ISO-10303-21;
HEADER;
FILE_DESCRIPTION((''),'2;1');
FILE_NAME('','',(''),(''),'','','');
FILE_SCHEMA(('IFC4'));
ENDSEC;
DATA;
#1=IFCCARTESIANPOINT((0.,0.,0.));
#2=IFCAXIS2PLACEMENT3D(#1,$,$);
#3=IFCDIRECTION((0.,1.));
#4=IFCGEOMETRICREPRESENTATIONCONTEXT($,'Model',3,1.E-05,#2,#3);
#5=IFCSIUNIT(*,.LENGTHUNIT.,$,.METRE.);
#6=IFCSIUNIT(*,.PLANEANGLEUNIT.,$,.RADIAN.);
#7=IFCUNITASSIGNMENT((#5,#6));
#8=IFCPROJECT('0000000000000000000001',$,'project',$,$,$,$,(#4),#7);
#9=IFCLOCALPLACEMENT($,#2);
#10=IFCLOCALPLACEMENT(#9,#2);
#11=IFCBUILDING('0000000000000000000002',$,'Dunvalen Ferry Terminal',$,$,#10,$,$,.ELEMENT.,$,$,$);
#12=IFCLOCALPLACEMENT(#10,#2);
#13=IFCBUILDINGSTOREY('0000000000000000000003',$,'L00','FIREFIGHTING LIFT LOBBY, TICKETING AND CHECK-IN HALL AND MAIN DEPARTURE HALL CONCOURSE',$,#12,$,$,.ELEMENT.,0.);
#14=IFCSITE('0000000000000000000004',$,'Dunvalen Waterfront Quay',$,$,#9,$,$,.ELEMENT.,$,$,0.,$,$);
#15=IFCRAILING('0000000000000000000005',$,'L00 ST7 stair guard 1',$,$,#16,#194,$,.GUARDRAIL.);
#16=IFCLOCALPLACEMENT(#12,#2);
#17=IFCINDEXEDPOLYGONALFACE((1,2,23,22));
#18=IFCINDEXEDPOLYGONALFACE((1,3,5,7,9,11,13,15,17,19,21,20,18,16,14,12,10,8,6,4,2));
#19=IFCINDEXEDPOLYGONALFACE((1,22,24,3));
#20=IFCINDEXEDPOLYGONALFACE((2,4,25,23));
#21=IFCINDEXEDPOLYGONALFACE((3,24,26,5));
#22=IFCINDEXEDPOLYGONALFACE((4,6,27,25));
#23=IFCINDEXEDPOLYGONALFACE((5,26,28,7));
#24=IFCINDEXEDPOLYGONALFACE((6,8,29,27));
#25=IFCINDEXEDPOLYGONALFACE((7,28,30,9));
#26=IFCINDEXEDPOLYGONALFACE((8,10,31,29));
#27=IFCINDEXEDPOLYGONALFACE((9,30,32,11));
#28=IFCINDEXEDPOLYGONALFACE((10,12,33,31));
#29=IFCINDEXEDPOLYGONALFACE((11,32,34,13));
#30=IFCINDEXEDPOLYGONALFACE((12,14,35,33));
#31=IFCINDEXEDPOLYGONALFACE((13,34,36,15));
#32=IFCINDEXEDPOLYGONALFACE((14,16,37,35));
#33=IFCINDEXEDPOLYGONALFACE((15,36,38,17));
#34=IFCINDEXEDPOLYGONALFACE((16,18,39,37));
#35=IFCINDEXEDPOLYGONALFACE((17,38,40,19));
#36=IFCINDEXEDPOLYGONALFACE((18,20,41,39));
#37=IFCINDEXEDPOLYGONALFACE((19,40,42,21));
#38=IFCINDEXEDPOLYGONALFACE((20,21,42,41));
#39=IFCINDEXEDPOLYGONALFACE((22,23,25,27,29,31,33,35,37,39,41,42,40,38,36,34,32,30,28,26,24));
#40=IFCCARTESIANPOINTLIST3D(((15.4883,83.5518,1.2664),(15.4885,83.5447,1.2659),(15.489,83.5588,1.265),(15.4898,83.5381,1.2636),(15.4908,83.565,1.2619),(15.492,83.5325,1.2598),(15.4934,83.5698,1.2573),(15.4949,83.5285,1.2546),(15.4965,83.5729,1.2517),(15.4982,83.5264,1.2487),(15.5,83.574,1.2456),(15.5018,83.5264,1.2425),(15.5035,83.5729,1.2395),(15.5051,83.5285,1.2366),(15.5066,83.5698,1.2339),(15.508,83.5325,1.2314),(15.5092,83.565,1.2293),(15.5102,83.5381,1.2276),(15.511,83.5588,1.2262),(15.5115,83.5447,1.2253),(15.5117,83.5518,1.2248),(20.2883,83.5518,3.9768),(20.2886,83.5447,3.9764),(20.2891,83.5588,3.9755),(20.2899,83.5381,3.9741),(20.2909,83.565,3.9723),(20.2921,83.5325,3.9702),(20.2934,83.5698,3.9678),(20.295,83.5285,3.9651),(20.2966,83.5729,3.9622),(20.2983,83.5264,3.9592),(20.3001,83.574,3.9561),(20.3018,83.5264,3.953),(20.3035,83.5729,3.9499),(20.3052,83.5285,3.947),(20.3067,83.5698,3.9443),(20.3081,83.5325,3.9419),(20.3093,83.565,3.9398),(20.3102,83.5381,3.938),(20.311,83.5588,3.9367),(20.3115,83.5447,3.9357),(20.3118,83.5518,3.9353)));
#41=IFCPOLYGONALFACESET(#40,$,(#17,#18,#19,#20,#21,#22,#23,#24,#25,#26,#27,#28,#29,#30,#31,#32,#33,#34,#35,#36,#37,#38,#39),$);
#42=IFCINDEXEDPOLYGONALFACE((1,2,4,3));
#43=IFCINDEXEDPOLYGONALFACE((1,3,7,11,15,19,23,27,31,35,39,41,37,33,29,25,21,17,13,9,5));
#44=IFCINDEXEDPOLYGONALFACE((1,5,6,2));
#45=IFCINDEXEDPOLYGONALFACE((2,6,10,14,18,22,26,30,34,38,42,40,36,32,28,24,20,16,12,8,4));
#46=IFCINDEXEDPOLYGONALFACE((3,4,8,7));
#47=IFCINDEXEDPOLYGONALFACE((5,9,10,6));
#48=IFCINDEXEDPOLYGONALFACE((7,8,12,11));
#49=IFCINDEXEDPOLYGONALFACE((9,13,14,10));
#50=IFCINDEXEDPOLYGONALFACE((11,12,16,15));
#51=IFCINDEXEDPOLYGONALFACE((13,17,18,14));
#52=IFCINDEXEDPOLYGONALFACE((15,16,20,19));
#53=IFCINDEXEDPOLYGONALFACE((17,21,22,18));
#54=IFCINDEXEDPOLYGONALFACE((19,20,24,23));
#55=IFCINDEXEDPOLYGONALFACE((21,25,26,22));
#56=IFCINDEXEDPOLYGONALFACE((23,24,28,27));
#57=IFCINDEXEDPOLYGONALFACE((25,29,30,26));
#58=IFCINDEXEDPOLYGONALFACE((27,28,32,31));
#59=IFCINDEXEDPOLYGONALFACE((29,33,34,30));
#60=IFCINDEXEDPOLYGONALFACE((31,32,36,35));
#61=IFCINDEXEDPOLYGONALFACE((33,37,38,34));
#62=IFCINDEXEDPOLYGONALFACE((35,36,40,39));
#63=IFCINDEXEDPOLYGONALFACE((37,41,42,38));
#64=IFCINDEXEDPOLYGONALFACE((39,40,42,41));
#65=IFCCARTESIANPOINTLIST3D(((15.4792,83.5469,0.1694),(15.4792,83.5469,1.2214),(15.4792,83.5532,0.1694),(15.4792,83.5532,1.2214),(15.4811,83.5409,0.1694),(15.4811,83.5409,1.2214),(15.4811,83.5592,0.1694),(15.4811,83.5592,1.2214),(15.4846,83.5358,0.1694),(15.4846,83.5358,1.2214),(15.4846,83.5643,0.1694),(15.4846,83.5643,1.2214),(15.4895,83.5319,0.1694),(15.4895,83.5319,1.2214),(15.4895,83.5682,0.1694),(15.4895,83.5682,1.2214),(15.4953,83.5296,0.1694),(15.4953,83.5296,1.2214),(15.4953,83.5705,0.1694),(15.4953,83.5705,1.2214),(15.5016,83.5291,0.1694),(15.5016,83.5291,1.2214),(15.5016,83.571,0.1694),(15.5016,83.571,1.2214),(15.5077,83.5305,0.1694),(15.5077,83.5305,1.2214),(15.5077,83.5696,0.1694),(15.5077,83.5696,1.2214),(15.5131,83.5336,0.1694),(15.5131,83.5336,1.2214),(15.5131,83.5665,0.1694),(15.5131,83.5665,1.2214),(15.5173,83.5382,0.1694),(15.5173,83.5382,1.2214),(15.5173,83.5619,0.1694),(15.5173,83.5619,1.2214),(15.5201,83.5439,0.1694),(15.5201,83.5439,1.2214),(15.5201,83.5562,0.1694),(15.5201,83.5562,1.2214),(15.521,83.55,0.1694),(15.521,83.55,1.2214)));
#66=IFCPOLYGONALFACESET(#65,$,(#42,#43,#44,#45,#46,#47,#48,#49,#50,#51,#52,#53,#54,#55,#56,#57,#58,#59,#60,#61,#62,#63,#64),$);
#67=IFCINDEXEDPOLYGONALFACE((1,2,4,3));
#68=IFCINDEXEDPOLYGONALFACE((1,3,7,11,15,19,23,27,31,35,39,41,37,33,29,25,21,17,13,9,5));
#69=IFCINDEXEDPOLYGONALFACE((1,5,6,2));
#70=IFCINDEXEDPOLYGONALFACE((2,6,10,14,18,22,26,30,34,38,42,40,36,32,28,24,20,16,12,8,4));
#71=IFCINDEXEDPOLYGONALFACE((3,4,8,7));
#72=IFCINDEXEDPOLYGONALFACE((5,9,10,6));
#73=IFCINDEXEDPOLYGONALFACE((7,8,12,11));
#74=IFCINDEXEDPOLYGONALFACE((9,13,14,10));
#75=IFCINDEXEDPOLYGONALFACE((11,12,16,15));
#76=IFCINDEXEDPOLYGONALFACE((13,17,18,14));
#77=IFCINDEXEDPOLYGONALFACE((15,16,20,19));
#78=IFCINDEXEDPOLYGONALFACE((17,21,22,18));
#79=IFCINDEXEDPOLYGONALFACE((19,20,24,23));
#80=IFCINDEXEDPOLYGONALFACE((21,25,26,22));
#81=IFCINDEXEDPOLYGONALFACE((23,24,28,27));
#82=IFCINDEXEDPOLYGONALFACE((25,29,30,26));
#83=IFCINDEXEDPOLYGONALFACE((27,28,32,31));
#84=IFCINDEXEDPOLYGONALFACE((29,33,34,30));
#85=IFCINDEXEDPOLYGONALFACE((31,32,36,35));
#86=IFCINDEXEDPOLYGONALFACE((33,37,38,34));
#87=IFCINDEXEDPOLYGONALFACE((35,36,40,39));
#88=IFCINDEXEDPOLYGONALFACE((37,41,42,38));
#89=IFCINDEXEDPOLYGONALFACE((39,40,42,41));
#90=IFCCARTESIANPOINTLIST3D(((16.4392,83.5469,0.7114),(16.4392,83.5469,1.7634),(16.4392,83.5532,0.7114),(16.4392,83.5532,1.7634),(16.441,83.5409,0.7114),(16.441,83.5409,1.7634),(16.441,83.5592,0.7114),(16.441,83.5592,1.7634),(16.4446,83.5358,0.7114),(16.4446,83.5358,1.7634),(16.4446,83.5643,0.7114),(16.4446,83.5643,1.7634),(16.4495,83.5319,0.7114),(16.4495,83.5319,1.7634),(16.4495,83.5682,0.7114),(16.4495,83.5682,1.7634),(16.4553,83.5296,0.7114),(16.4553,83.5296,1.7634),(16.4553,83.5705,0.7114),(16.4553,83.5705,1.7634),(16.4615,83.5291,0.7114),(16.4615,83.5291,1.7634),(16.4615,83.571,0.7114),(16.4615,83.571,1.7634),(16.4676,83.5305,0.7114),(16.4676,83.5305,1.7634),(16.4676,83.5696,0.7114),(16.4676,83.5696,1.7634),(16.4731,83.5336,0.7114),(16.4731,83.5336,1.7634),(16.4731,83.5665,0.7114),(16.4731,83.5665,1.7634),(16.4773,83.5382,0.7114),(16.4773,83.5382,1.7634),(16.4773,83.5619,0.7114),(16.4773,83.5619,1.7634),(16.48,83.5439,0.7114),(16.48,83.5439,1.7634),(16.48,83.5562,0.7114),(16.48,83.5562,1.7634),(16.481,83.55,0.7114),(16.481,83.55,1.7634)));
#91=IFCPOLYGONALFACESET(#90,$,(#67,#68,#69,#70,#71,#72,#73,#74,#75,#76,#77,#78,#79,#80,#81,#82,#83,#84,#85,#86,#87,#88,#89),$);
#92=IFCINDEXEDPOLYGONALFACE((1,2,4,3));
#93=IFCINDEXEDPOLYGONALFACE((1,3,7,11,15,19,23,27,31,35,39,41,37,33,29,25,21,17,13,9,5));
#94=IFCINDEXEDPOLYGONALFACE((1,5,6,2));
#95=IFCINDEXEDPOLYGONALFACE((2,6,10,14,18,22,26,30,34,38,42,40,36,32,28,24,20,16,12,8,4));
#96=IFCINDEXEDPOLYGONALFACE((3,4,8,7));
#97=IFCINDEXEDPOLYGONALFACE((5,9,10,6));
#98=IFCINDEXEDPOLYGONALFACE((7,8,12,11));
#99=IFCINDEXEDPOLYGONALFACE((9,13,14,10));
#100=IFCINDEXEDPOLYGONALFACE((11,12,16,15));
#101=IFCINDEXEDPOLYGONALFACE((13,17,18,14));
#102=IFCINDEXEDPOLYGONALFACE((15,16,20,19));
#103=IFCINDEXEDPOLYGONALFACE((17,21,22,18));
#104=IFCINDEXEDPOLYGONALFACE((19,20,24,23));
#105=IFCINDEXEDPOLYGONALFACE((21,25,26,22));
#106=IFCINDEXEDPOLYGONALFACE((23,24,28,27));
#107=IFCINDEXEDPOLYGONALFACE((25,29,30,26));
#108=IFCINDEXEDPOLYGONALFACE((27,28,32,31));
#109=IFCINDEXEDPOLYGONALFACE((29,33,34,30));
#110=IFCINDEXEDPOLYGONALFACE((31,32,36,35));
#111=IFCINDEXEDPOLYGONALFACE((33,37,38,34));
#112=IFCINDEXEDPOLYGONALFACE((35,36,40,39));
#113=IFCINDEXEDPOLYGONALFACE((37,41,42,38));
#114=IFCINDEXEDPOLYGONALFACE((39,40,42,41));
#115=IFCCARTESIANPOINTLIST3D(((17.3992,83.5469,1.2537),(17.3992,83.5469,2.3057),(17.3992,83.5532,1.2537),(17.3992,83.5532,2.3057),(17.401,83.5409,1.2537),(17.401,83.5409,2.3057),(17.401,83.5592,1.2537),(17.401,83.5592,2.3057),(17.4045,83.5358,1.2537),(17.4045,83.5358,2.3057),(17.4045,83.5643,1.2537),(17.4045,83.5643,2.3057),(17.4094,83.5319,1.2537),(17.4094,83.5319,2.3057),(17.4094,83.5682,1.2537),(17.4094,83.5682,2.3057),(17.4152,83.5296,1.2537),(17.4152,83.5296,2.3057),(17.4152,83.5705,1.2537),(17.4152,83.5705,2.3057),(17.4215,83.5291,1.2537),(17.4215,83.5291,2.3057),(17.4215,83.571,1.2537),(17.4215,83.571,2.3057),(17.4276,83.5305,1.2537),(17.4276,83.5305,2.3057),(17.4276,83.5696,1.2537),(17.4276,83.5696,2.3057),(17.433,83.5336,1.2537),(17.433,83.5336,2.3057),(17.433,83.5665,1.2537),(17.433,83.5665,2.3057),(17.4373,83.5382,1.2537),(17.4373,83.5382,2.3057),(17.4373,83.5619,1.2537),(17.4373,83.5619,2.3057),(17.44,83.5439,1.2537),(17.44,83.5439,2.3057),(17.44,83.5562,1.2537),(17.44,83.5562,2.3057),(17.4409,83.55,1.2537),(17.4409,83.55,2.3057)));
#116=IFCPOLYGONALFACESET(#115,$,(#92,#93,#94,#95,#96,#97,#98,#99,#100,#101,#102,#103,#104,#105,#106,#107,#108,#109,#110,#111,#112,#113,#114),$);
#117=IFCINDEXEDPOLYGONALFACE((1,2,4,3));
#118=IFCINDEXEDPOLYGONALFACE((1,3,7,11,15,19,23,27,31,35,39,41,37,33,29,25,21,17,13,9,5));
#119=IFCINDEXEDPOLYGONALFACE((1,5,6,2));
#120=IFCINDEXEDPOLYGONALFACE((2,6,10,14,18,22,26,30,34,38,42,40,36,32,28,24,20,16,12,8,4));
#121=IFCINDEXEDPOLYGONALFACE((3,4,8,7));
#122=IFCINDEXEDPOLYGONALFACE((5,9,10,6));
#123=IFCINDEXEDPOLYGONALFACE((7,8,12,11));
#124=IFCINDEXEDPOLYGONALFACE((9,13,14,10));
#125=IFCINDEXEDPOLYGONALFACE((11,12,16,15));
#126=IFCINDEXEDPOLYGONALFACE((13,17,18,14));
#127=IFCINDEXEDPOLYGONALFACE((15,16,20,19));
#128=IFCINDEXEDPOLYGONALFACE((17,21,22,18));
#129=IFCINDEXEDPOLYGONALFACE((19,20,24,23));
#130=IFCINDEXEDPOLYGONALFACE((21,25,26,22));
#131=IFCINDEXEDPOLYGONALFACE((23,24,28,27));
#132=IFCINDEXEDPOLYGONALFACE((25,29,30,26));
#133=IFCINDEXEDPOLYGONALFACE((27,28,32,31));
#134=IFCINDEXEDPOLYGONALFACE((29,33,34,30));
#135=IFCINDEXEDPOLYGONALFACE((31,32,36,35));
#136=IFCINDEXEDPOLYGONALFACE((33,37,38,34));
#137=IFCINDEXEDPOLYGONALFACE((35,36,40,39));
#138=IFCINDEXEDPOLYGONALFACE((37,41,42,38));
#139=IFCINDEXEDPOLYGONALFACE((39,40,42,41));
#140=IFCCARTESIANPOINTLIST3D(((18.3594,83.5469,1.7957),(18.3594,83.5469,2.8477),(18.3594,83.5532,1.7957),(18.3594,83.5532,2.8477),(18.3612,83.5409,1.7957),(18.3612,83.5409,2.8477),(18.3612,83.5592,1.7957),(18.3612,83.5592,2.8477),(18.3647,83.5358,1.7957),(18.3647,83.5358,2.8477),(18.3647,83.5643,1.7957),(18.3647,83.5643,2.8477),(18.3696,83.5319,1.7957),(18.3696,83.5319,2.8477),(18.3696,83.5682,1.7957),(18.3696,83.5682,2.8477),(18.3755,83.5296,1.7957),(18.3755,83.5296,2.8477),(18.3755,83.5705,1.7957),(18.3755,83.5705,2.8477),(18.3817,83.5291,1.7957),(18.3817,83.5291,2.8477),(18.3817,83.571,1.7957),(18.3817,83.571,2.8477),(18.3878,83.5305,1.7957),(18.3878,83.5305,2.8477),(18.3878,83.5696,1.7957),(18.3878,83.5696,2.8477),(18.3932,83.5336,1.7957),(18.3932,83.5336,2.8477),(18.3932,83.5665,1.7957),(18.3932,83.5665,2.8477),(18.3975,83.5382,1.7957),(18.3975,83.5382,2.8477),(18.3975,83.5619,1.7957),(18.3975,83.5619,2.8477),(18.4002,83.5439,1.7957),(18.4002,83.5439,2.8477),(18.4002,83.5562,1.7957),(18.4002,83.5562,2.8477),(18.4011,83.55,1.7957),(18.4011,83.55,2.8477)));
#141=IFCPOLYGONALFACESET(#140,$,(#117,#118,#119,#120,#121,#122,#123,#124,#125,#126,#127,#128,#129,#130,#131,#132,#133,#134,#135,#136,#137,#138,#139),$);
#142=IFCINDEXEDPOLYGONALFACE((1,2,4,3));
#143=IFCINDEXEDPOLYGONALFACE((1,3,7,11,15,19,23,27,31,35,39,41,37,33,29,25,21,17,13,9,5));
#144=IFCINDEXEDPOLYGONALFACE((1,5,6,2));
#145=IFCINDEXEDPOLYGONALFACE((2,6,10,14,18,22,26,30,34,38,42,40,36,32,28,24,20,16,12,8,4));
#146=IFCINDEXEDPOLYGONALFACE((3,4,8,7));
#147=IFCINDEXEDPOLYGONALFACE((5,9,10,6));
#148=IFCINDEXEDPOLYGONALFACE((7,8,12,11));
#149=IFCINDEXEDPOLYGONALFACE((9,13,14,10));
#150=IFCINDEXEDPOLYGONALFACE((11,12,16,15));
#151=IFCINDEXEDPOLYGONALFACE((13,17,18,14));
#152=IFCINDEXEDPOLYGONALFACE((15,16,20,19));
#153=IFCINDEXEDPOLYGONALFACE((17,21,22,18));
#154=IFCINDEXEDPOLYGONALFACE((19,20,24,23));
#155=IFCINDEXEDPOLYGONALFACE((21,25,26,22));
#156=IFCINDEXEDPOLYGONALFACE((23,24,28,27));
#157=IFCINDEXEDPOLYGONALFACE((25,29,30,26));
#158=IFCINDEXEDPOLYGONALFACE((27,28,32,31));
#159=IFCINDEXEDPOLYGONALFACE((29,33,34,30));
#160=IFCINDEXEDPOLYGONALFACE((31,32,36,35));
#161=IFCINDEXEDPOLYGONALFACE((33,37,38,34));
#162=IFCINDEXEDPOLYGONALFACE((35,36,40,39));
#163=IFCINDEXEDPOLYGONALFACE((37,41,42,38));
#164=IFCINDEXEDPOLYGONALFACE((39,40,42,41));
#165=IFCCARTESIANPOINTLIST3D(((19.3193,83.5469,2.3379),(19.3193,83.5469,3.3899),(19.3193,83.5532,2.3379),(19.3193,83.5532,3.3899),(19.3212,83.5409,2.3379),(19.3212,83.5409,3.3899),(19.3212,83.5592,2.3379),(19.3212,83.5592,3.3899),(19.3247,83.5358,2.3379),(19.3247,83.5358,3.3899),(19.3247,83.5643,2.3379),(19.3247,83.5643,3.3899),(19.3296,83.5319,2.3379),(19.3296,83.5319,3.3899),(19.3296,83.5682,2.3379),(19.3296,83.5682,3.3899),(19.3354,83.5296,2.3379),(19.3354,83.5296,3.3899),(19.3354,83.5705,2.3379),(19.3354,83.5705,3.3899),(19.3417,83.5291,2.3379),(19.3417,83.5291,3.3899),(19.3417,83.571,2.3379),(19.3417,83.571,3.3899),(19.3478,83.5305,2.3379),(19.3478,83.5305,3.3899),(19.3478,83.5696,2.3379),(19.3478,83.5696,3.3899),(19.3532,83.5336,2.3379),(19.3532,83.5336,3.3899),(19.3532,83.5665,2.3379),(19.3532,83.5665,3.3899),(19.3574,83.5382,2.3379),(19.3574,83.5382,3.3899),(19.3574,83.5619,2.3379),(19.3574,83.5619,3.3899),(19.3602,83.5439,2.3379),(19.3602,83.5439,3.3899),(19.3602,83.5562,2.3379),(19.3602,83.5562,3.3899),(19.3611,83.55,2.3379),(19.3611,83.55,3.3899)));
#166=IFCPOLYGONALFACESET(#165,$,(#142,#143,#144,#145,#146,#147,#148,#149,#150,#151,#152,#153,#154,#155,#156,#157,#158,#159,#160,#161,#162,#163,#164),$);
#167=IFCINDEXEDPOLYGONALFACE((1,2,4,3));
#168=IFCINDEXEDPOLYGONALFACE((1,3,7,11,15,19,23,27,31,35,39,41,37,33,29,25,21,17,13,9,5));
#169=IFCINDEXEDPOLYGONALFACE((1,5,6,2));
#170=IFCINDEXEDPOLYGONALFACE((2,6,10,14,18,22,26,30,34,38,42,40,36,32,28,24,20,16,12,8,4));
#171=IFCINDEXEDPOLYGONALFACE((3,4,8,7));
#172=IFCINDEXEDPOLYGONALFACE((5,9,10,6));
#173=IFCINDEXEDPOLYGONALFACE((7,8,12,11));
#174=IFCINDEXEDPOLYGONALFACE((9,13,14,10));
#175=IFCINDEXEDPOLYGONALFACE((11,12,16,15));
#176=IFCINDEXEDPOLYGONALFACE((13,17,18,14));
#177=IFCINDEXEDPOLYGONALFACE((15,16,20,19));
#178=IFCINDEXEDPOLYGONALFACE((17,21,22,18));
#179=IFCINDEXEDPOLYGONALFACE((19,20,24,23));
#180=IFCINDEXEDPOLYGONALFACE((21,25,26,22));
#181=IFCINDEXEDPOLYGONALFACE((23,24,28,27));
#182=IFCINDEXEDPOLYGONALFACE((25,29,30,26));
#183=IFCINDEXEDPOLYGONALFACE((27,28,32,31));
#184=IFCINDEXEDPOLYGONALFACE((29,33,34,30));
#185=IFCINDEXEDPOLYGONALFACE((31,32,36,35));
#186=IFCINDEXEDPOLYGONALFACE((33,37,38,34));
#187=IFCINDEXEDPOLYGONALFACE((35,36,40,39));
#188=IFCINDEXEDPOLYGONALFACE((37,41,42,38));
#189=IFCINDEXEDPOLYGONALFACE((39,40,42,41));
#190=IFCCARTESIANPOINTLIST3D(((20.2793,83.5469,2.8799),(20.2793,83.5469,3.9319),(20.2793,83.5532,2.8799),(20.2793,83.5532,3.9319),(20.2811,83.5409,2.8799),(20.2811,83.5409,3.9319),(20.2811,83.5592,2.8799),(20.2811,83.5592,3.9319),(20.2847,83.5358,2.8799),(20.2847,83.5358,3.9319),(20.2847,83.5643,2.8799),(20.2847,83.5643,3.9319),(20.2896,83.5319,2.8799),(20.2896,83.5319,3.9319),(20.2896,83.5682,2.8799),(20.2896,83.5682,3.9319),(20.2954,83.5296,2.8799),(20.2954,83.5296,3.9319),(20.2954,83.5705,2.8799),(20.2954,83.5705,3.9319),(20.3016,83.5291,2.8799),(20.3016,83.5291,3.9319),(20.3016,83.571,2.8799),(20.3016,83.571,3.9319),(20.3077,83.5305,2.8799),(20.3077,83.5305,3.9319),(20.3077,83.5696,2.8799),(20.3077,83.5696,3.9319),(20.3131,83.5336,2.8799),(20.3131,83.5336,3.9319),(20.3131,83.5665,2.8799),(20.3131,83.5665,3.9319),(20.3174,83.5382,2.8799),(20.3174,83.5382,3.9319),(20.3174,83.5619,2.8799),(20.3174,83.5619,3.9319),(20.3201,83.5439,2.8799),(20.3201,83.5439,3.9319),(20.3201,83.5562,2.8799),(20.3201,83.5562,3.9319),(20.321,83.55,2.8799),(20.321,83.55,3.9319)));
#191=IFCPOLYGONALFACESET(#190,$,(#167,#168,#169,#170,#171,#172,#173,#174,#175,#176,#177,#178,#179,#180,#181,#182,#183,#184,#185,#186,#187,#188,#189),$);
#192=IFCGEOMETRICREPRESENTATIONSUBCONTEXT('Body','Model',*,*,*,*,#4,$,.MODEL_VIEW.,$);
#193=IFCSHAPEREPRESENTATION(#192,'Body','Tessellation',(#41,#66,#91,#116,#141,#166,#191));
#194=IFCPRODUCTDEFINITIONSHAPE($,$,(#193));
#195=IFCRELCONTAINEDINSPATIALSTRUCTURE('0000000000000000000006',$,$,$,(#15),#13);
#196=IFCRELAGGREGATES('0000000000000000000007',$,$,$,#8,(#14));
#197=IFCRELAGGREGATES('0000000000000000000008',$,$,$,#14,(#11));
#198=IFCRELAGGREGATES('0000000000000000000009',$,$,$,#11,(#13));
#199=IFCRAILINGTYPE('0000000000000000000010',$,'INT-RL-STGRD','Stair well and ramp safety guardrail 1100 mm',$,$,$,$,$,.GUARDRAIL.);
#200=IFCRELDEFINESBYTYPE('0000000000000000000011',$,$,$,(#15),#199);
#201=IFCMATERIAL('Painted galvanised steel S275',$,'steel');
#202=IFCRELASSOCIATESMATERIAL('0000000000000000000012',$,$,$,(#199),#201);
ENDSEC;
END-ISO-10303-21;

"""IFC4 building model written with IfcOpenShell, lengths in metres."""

from ifc_helpers import new_model, si_unit, direction, frame, origin, origin_2d, place, context, subcontext, project, spatial, circle, extrude, material, type_object, element, save


model = new_model("IFC4")

# Units and contexts
model_context = context("Model", 3, precision=1e-05, world=origin(), true_north=direction((0.0, 1.0)))
body_context = subcontext(model_context, "Body", "Model", "MODEL_VIEW")
ifc_project = project(units=[si_unit("LENGTHUNIT", "METRE"), si_unit("PLANEANGLEUNIT", "RADIAN")], contexts=[model_context])

# Site, building, storey
site_placement = place(None, origin())
site = spatial("IfcSite", under=ifc_project, at=site_placement, Name="Dunvalen Waterfront Quay", CompositionType="ELEMENT", RefElevation=0.0)
building_placement = place(site_placement, origin())
building = spatial("IfcBuilding", under=site, at=building_placement, Name="Dunvalen Ferry Terminal", CompositionType="ELEMENT")
storey_placement = place(building_placement, origin())
storey = spatial("IfcBuildingStorey", under=building, at=storey_placement, Name="L00", Description="FIREFIGHTING LIFT LOBBY, TICKETING AND CHECK-IN HALL AND MAIN DEPARTURE HALL CONCOURSE", CompositionType="ELEMENT", Elevation=0.0)

# Railing
ifc_material_1 = material(Name="Painted galvanised steel S275", Category="steel")
railing_type_1 = type_object("IfcRailingType", Name="INT-RL-STGRD", Description="Stair well and ramp safety guardrail 1100 mm", PredefinedType="GUARDRAIL", material=ifc_material_1)
railing_1_placement = place(storey_placement, frame((15.5, 83.55, 0.1694)))
element("IfcRailing", 1, at=railing_1_placement, inside=storey, type_object=railing_type_1, Name="L00 ST7 stair guard 1", PredefinedType="GUARDRAIL", context=body_context, shape_type="SweptSolid", body=[
    extrude(circle(Radius=0.0239, at=origin_2d()), frame((0.0, 0.0, 1.0762), z_axis=(0.870767, 0.0, 0.491697), x_axis=(0.0, 1.0, 0.0)), (0.0, 0.0, 1.0), 5.5125),
    extrude(circle(Radius=0.021, at=origin_2d()), origin(), (0.0, 0.0, 1.0), 1.052),
    extrude(circle(Radius=0.021, at=origin_2d()), frame((0.96, 0.0, 0.542)), (0.0, 0.0, 1.0), 1.052),
    extrude(circle(Radius=0.021, at=origin_2d()), frame((1.9199, 0.0, 1.0842)), (0.0, 0.0, 1.0), 1.052),
    extrude(circle(Radius=0.021, at=origin_2d()), frame((2.8801, 0.0, 1.6262)), (0.0, 0.0, 1.0), 1.052),
    extrude(circle(Radius=0.021, at=origin_2d()), frame((3.8401, 0.0, 2.1685)), (0.0, 0.0, 1.0), 1.052),
    extrude(circle(Radius=0.021, at=origin_2d()), frame((4.8, 0.0, 2.7104)), (0.0, 0.0, 1.0), 1.052),
])

save(model, "model.ifc")
